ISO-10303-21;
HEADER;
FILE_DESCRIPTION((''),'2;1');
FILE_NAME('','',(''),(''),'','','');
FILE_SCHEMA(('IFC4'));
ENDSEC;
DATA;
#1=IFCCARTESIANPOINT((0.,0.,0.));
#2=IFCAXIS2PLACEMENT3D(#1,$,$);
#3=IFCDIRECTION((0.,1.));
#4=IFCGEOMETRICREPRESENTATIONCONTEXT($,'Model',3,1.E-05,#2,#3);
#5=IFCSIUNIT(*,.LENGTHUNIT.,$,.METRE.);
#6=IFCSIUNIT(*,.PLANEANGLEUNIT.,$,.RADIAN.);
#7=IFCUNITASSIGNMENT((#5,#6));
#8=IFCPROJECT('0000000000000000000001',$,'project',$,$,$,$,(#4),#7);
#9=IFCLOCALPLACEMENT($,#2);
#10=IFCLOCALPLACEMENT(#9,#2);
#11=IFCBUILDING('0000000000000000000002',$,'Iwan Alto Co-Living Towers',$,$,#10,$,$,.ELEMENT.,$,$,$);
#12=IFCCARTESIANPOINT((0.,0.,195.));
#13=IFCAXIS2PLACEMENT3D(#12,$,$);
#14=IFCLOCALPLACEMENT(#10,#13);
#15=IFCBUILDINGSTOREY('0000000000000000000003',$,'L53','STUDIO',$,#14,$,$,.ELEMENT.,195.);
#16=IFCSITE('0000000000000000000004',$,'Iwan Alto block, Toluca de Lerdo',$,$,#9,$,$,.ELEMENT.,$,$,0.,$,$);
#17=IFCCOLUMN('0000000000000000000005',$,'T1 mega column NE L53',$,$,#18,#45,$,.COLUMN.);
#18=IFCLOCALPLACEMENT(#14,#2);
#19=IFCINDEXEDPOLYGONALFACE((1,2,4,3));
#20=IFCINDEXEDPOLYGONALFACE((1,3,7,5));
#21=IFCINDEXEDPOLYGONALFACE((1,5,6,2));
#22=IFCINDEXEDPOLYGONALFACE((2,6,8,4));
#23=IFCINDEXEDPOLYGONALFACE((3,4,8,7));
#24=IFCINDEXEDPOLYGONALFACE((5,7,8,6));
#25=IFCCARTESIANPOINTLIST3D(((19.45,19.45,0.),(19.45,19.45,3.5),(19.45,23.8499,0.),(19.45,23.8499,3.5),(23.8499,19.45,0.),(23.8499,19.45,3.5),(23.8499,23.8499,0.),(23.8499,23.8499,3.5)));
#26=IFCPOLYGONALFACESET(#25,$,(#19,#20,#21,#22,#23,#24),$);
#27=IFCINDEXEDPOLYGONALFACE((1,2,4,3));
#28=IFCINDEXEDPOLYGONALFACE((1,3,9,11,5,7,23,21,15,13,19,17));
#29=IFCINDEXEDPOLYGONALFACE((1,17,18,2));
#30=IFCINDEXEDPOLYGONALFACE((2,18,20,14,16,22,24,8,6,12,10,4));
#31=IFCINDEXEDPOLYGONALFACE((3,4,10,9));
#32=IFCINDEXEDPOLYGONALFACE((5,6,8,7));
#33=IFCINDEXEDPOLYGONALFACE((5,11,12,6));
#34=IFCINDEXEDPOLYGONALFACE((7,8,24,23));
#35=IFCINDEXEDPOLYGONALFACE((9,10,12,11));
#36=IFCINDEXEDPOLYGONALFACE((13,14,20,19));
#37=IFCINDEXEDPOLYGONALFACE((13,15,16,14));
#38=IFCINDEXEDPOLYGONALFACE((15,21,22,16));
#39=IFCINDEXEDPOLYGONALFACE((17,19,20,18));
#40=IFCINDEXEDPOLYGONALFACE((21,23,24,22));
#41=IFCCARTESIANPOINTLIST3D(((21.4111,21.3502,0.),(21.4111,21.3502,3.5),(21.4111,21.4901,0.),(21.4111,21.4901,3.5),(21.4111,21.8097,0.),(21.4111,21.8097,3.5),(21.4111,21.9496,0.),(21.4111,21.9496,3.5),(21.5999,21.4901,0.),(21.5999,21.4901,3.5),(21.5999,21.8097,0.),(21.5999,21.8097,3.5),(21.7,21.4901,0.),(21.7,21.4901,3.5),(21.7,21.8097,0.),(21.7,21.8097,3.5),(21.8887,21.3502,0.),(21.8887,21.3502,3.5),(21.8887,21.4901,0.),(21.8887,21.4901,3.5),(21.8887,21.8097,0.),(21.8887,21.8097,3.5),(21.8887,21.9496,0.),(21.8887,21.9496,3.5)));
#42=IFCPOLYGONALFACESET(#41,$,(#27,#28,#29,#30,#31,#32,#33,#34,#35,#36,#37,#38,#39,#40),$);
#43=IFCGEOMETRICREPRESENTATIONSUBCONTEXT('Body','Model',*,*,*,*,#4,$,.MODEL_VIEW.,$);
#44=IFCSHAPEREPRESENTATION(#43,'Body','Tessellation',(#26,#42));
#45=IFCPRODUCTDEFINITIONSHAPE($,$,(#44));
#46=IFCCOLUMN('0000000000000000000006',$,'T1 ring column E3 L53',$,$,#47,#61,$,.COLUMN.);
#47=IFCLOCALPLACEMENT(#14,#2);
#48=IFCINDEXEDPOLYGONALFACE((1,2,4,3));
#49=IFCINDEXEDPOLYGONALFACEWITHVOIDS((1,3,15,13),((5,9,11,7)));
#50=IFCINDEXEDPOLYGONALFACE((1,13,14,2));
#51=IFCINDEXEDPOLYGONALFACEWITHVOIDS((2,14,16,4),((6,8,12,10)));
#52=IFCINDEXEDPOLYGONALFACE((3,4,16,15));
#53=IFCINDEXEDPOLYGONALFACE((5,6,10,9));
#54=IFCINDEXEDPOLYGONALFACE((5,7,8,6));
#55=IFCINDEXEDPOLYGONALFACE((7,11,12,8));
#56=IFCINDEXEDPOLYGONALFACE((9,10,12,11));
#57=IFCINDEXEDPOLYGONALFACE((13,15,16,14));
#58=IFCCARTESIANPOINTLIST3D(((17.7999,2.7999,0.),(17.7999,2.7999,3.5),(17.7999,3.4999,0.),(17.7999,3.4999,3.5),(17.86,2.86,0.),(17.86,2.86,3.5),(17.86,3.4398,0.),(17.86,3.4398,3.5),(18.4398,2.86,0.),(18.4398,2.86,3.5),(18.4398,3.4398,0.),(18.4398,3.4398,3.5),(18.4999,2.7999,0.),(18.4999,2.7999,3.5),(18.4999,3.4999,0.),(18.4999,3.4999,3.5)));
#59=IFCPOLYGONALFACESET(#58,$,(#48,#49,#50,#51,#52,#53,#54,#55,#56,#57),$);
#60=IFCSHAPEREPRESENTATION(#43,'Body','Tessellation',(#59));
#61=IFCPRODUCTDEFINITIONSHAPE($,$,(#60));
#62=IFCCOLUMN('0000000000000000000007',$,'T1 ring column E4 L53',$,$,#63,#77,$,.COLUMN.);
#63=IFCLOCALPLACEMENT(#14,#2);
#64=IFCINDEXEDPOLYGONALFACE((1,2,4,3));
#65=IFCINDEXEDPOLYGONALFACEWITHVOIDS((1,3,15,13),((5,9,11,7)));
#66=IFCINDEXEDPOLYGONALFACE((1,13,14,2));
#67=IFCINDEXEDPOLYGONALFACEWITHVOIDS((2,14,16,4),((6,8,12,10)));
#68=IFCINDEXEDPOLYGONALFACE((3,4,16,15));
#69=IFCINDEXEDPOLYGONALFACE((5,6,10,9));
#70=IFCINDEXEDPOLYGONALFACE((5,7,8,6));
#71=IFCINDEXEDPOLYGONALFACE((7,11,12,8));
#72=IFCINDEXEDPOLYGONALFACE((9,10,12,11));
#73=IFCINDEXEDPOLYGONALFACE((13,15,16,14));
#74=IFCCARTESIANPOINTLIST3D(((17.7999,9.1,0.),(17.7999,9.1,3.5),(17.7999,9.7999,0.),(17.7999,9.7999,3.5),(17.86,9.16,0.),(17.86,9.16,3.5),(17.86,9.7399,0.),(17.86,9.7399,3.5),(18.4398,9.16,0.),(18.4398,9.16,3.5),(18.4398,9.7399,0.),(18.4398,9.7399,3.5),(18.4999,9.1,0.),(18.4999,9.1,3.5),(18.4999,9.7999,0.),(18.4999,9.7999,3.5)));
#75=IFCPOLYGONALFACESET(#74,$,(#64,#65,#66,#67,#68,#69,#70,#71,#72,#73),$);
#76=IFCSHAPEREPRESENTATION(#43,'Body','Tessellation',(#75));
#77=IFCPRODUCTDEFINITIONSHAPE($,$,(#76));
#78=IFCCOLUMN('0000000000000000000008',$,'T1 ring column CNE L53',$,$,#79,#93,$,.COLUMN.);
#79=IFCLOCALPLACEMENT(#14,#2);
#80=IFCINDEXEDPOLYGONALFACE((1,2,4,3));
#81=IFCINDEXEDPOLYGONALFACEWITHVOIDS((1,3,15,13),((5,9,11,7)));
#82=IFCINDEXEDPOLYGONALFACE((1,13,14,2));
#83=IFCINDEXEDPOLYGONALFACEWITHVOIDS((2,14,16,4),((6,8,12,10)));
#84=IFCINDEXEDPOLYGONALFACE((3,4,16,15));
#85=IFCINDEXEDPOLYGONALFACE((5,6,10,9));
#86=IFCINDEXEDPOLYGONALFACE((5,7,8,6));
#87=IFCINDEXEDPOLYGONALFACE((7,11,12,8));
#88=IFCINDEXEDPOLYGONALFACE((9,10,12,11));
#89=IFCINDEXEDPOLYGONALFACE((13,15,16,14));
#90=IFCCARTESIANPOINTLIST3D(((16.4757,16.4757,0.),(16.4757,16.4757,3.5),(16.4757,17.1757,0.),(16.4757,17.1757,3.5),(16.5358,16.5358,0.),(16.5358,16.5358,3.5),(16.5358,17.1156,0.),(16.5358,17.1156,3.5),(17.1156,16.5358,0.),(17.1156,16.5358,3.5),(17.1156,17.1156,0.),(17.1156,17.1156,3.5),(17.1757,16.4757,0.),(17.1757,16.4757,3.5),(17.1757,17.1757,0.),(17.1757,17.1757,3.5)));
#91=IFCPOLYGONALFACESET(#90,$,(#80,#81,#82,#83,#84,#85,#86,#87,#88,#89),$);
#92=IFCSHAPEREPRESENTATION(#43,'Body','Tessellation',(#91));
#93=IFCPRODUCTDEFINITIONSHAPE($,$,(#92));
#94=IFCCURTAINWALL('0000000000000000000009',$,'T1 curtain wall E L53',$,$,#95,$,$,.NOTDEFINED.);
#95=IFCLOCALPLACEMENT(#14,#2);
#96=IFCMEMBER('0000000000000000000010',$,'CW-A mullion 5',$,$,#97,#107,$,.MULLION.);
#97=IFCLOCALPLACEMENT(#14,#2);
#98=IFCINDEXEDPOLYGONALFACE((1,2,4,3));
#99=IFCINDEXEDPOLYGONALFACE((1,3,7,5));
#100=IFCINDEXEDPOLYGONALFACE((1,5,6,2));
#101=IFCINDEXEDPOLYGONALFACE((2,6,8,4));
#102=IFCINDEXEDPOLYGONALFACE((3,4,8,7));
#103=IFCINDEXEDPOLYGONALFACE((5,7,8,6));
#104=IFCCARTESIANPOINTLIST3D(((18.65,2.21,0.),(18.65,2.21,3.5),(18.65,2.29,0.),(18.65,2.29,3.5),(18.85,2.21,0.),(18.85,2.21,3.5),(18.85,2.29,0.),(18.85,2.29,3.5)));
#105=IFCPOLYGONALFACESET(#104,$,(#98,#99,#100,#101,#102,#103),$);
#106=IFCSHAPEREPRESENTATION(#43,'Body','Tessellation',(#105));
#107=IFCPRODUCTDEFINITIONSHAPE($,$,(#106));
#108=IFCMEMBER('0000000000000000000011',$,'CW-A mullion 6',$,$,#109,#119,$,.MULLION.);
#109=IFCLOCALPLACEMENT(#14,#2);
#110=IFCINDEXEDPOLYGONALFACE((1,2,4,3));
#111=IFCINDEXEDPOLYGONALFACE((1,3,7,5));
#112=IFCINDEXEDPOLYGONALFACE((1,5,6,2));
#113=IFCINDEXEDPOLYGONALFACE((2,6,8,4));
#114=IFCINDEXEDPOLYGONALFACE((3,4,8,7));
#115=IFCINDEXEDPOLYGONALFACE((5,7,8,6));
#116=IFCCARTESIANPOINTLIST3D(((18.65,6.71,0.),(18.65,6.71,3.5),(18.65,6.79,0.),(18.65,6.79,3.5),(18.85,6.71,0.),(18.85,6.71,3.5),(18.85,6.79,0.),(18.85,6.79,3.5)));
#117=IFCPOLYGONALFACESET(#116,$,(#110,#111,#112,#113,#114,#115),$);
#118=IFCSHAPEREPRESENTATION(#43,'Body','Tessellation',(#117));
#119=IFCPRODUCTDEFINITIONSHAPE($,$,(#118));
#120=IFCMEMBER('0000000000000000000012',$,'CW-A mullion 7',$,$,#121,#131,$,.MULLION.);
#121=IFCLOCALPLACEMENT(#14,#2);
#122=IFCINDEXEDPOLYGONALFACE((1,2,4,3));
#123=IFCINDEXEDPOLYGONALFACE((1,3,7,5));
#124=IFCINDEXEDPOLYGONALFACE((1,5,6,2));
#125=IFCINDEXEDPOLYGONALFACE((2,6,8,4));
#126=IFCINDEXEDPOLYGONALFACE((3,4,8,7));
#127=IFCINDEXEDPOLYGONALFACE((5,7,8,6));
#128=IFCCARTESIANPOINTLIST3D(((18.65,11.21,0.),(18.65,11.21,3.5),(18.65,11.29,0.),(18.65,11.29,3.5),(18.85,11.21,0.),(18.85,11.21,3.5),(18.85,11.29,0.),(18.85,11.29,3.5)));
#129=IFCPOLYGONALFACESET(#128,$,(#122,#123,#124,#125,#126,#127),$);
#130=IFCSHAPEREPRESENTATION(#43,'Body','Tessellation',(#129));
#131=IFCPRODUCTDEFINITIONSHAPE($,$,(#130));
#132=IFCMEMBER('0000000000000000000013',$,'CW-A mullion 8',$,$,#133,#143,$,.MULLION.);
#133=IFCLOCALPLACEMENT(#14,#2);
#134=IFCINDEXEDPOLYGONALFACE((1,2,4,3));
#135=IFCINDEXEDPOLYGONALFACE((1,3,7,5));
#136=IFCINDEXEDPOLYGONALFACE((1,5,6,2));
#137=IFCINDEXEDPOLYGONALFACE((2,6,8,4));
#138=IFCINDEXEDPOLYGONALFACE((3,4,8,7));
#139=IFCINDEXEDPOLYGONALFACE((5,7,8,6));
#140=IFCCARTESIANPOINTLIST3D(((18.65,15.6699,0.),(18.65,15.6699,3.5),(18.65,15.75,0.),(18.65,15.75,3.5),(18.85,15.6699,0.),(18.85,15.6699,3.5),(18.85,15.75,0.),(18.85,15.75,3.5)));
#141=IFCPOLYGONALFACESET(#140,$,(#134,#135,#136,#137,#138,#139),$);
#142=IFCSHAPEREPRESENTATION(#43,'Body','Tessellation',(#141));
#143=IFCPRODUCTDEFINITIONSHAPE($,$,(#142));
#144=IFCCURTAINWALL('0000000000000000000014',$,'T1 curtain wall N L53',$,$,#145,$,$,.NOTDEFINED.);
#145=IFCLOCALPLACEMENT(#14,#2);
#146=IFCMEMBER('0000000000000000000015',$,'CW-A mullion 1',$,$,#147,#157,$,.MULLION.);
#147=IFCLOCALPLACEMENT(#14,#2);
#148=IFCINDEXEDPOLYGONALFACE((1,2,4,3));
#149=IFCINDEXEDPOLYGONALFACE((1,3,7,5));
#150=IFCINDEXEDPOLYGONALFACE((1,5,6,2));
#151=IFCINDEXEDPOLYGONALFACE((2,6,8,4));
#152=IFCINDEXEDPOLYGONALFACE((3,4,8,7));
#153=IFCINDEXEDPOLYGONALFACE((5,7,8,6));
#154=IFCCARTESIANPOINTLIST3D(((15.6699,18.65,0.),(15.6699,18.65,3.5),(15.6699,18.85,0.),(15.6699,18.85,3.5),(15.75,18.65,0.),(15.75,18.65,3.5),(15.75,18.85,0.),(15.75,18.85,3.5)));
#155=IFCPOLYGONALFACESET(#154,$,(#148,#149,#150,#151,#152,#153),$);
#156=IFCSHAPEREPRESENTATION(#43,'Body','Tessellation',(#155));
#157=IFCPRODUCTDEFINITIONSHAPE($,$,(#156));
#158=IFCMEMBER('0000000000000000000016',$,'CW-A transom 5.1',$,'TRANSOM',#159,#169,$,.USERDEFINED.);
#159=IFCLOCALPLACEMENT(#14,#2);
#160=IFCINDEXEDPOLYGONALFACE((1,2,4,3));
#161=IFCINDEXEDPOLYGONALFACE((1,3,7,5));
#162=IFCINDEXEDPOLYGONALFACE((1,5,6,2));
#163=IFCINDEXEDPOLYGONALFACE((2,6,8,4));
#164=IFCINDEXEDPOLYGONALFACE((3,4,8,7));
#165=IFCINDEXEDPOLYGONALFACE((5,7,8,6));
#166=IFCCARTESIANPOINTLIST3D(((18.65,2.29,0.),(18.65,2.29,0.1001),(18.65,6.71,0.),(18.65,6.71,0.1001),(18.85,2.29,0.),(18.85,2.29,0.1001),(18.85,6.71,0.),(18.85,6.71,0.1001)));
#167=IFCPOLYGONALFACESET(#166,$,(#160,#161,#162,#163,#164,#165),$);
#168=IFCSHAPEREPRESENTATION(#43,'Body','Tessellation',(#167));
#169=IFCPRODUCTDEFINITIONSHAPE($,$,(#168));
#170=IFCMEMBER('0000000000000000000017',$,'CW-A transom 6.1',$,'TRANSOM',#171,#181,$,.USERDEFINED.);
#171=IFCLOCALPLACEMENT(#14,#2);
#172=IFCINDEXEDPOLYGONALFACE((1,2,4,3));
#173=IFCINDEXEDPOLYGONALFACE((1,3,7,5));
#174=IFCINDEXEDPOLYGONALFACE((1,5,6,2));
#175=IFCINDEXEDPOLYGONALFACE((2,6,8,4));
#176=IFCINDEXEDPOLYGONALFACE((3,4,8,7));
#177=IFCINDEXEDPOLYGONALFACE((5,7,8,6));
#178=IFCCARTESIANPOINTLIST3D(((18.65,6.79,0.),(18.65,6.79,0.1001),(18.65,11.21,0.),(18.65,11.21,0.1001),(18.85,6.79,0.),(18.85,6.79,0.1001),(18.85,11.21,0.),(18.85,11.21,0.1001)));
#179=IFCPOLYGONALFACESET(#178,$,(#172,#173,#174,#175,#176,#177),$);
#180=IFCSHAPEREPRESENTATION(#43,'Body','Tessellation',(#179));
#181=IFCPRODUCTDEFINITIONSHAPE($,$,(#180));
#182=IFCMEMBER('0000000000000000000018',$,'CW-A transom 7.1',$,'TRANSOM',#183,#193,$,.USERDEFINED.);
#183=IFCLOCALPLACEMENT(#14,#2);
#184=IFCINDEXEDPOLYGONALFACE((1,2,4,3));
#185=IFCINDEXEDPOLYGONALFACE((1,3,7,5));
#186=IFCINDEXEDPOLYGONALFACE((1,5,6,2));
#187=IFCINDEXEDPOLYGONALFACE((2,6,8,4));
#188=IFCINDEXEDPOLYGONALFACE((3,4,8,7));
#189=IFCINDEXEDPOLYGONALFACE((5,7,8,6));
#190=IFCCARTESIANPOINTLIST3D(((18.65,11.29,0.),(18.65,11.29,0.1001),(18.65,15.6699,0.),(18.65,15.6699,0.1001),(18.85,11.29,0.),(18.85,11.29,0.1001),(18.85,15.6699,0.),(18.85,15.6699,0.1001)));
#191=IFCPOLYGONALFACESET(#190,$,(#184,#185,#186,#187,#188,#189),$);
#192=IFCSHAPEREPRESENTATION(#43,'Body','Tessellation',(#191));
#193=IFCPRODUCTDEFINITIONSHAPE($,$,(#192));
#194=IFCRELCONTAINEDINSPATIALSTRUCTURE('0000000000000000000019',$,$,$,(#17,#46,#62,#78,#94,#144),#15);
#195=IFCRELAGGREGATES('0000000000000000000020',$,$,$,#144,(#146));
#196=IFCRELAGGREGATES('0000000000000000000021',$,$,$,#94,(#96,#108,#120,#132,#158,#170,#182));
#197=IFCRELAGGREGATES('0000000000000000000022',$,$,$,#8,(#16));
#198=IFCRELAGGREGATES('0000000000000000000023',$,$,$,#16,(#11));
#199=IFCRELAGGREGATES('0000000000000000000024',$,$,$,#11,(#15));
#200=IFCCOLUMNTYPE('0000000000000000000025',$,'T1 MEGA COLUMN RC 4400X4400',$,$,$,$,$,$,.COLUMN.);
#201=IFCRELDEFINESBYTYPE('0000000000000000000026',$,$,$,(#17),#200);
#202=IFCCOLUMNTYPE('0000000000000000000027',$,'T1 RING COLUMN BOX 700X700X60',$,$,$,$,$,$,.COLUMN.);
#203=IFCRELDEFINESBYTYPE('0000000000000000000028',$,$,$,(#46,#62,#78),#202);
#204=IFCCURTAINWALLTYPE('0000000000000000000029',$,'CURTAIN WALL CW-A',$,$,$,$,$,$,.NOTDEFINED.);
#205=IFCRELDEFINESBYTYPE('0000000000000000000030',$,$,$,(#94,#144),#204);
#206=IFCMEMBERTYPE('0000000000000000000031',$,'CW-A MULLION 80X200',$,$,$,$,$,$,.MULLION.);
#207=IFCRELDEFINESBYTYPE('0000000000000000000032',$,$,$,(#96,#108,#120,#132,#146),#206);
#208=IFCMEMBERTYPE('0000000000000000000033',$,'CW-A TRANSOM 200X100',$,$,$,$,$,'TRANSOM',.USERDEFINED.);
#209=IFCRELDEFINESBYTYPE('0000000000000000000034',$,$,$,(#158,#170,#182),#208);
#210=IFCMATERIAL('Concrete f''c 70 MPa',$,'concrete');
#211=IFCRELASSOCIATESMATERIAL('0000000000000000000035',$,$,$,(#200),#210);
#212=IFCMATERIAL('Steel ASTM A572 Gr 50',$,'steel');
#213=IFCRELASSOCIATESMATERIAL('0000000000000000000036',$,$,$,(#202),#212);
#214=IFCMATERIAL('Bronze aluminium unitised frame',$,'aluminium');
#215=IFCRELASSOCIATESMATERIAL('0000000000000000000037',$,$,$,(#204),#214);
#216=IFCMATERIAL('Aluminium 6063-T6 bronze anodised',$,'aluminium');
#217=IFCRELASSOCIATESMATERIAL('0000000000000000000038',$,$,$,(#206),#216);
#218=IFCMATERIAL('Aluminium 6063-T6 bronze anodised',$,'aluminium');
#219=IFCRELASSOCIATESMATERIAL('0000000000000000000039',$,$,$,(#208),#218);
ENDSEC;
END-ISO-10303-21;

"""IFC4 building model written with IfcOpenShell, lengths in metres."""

from ifc_helpers import new_model, si_unit, direction, frame, origin, origin_2d, place, context, subcontext, project, spatial, rectangle, hollow_rectangle, i_section, extrude, material, material_profile, profile_set, type_object, element, aggregate, save


model = new_model("IFC4")

# Units and contexts
model_context = context("Model", 3, precision=1e-05, world=origin(), true_north=direction((0.0, 1.0)))
body_context = subcontext(model_context, "Body", "Model", "MODEL_VIEW")
ifc_project = project(units=[si_unit("LENGTHUNIT", "METRE"), si_unit("PLANEANGLEUNIT", "RADIAN")], contexts=[model_context])

# Site, building, storey
site_placement = place(None, origin())
site = spatial("IfcSite", under=ifc_project, at=site_placement, Name="Iwan Alto block, Toluca de Lerdo", CompositionType="ELEMENT", RefElevation=0.0)
building_placement = place(site_placement, origin())
building = spatial("IfcBuilding", under=site, at=building_placement, Name="Iwan Alto Co-Living Towers", CompositionType="ELEMENT")
storey_placement = place(building_placement, frame((0.0, 0.0, 195.0)))
storey = spatial("IfcBuildingStorey", under=building, at=storey_placement, Name="L53", Description="STUDIO", CompositionType="ELEMENT", Elevation=195.0)

# Columns
ifc_material_1 = material(Name="Concrete f'c 70 MPa", Category="concrete")
ifc_material_profile_1 = material_profile(ifc_material_1, rectangle(XDim=4.3999, YDim=4.3999, at=origin_2d()), Name="RC 4400X4400")
ifc_profile_set_1 = profile_set([ifc_material_profile_1], Name="Concrete f'c 70 MPa")
column_type_1 = type_object("IfcColumnType", Name="T1 MEGA COLUMN RC 4400X4400", PredefinedType="COLUMN", material=ifc_profile_set_1)
column_placement = place(storey_placement, frame((21.6499, 21.6499, 0.0), z_axis=(0.0, 0.0, 1.0), x_axis=(1.0, 0.0, 0.0)))
element("IfcColumn", 1, at=column_placement, inside=storey, type_object=column_type_1, Name="T1 mega column NE L53", PredefinedType="COLUMN", context=body_context, shape_type="SweptSolid", body=[
    extrude(rectangle(XDim=4.3999, YDim=4.3999, at=origin_2d()), origin(), (0.0, 0.0, 1.0), 3.5),
    extrude(i_section(OverallWidth=0.4775, OverallDepth=0.5994, WebThickness=0.1001, FlangeThickness=0.1399, at=origin_2d()), origin(), (0.0, 0.0, 1.0), 3.5),
])
ifc_material_2 = material(Name="Steel ASTM A572 Gr 50", Category="steel")
ifc_material_profile_2 = material_profile(ifc_material_2, hollow_rectangle(XDim=0.7, YDim=0.7, WallThickness=0.0601, at=origin_2d()), Name="BOX 700X700X60")
ifc_profile_set_2 = profile_set([ifc_material_profile_2], Name="Steel ASTM A572 Gr 50")
column_type_2 = type_object("IfcColumnType", Name="T1 RING COLUMN BOX 700X700X60", PredefinedType="COLUMN", material=ifc_profile_set_2)
for number, where, z_axis, x_axis, name in (
    (2, (18.1499, 3.1499, 0.0), (0.0, 0.0, 1.0), (1.0, 0.0, 0.0), "T1 ring column E3 L53"),
    (3, (18.1499, 9.45, 0.0), (0.0, 0.0, 1.0), (1.0, 0.0, 0.0), "T1 ring column E4 L53"),
    (4, (16.8257, 16.8257, 0.0), (0.0, 0.0, 1.0), (1.0, 0.0, 0.0), "T1 ring column CNE L53"),
):
    element("IfcColumn", number, at=place(storey_placement, frame(where, z_axis=z_axis, x_axis=x_axis)), inside=storey, type_object=column_type_2, Name=name, PredefinedType="COLUMN", context=body_context, shape_type="SweptSolid", body=[
        extrude(hollow_rectangle(XDim=0.7, YDim=0.7, WallThickness=0.0601, at=origin_2d()), origin(), (0.0, 0.0, 1.0), 3.5),
    ])

# Curtain wall, members
ifc_material_3 = material(Name="Bronze aluminium unitised frame", Category="aluminium")
curtain_wall_type_1 = type_object("IfcCurtainWallType", Name="CURTAIN WALL CW-A", PredefinedType="NOTDEFINED", material=ifc_material_3)
curtain_wall_1_placement = place(storey_placement, origin())
curtain_wall_1 = element("IfcCurtainWall", 5, at=curtain_wall_1_placement, inside=storey, type_object=curtain_wall_type_1, Name="T1 curtain wall E L53", PredefinedType="NOTDEFINED")
ifc_material_4 = material(Name="Aluminium 6063-T6 bronze anodised", Category="aluminium")
ifc_material_profile_3 = material_profile(ifc_material_4, rectangle(XDim=0.2, YDim=0.0801, at=origin_2d()), Name="AL 80X200")
ifc_profile_set_3 = profile_set([ifc_material_profile_3], Name="Aluminium 6063-T6 bronze anodised")
member_type_1 = type_object("IfcMemberType", Name="CW-A MULLION 80X200", PredefinedType="MULLION", material=ifc_profile_set_3)
member_1_placement = place(storey_placement, frame((18.75, 2.25, 0.0), z_axis=(0.0, 0.0, 1.0), x_axis=(-1.0, 0.0, 0.0)))
member_1 = element("IfcMember", 6, at=member_1_placement, type_object=member_type_1, Name="CW-A mullion 5", PredefinedType="MULLION", context=body_context, shape_type="SweptSolid", body=[
    extrude(rectangle(XDim=0.2, YDim=0.0801, at=origin_2d()), origin(), (0.0, 0.0, 1.0), 3.5),
])
member_2_placement = place(storey_placement, frame((18.75, 6.75, 0.0), z_axis=(0.0, 0.0, 1.0), x_axis=(-1.0, 0.0, 0.0)))
member_2 = element("IfcMember", 7, at=member_2_placement, type_object=member_type_1, Name="CW-A mullion 6", PredefinedType="MULLION", context=body_context, shape_type="SweptSolid", body=[
    extrude(rectangle(XDim=0.2, YDim=0.0801, at=origin_2d()), origin(), (0.0, 0.0, 1.0), 3.5),
])
member_3_placement = place(storey_placement, frame((18.75, 11.25, 0.0), z_axis=(0.0, 0.0, 1.0), x_axis=(-1.0, 0.0, 0.0)))
member_3 = element("IfcMember", 8, at=member_3_placement, type_object=member_type_1, Name="CW-A mullion 7", PredefinedType="MULLION", context=body_context, shape_type="SweptSolid", body=[
    extrude(rectangle(XDim=0.2, YDim=0.0801, at=origin_2d()), origin(), (0.0, 0.0, 1.0), 3.5),
])
member_4_placement = place(storey_placement, frame((18.75, 15.71, 0.0), z_axis=(0.0, 0.0, 1.0), x_axis=(-1.0, 0.0, 0.0)))
member_4 = element("IfcMember", 9, at=member_4_placement, type_object=member_type_1, Name="CW-A mullion 8", PredefinedType="MULLION", context=body_context, shape_type="SweptSolid", body=[
    extrude(rectangle(XDim=0.2, YDim=0.0801, at=origin_2d()), origin(), (0.0, 0.0, 1.0), 3.5),
])

# Curtain wall, member
curtain_wall_2_placement = place(storey_placement, origin())
curtain_wall_2 = element("IfcCurtainWall", 10, at=curtain_wall_2_placement, inside=storey, type_object=curtain_wall_type_1, Name="T1 curtain wall N L53", PredefinedType="NOTDEFINED")
member_5_placement = place(storey_placement, frame((15.71, 18.75, 0.0), z_axis=(0.0, 0.0, 1.0), x_axis=(0.0, -1.0, 0.0)))
member_5 = element("IfcMember", 11, at=member_5_placement, type_object=member_type_1, Name="CW-A mullion 1", PredefinedType="MULLION", context=body_context, shape_type="SweptSolid", body=[
    extrude(rectangle(XDim=0.2, YDim=0.0801, at=origin_2d()), origin(), (0.0, 0.0, 1.0), 3.5),
])

# Members
ifc_material_5 = material(Name="Aluminium 6063-T6 bronze anodised", Category="aluminium")
ifc_material_profile_4 = material_profile(ifc_material_5, rectangle(XDim=0.2, YDim=0.1001, at=origin_2d()), Name="AL 200X100")
ifc_profile_set_4 = profile_set([ifc_material_profile_4], Name="Aluminium 6063-T6 bronze anodised")
member_type_2 = type_object("IfcMemberType", Name="CW-A TRANSOM 200X100", ElementType="TRANSOM", PredefinedType="USERDEFINED", material=ifc_profile_set_4)
member_6_placement = place(storey_placement, frame((18.75, 2.29, 0.05), z_axis=(0.0, 1.0, 0.0), x_axis=(-1.0, 0.0, 0.0)))
member_6 = element("IfcMember", 12, at=member_6_placement, type_object=member_type_2, Name="CW-A transom 5.1", ObjectType="TRANSOM", PredefinedType="USERDEFINED", context=body_context, shape_type="SweptSolid", body=[
    extrude(rectangle(XDim=0.2, YDim=0.1001, at=origin_2d()), origin(), (0.0, 0.0, 1.0), 4.4199),
])
member_7_placement = place(storey_placement, frame((18.75, 6.79, 0.05), z_axis=(0.0, 1.0, 0.0), x_axis=(-1.0, 0.0, 0.0)))
member_7 = element("IfcMember", 13, at=member_7_placement, type_object=member_type_2, Name="CW-A transom 6.1", ObjectType="TRANSOM", PredefinedType="USERDEFINED", context=body_context, shape_type="SweptSolid", body=[
    extrude(rectangle(XDim=0.2, YDim=0.1001, at=origin_2d()), origin(), (0.0, 0.0, 1.0), 4.4199),
])
member_8_placement = place(storey_placement, frame((18.75, 11.29, 0.05), z_axis=(0.0, 1.0, 0.0), x_axis=(-1.0, 0.0, 0.0)))
member_8 = element("IfcMember", 14, at=member_8_placement, type_object=member_type_2, Name="CW-A transom 7.1", ObjectType="TRANSOM", PredefinedType="USERDEFINED", context=body_context, shape_type="SweptSolid", body=[
    extrude(rectangle(XDim=0.2, YDim=0.1001, at=origin_2d()), origin(), (0.0, 0.0, 1.0), 4.3799),
])
aggregate(curtain_wall_2, [member_5])

aggregate(curtain_wall_1, [member_1, member_2, member_3, member_4, member_6, member_7, member_8])

save(model, "model.ifc")
